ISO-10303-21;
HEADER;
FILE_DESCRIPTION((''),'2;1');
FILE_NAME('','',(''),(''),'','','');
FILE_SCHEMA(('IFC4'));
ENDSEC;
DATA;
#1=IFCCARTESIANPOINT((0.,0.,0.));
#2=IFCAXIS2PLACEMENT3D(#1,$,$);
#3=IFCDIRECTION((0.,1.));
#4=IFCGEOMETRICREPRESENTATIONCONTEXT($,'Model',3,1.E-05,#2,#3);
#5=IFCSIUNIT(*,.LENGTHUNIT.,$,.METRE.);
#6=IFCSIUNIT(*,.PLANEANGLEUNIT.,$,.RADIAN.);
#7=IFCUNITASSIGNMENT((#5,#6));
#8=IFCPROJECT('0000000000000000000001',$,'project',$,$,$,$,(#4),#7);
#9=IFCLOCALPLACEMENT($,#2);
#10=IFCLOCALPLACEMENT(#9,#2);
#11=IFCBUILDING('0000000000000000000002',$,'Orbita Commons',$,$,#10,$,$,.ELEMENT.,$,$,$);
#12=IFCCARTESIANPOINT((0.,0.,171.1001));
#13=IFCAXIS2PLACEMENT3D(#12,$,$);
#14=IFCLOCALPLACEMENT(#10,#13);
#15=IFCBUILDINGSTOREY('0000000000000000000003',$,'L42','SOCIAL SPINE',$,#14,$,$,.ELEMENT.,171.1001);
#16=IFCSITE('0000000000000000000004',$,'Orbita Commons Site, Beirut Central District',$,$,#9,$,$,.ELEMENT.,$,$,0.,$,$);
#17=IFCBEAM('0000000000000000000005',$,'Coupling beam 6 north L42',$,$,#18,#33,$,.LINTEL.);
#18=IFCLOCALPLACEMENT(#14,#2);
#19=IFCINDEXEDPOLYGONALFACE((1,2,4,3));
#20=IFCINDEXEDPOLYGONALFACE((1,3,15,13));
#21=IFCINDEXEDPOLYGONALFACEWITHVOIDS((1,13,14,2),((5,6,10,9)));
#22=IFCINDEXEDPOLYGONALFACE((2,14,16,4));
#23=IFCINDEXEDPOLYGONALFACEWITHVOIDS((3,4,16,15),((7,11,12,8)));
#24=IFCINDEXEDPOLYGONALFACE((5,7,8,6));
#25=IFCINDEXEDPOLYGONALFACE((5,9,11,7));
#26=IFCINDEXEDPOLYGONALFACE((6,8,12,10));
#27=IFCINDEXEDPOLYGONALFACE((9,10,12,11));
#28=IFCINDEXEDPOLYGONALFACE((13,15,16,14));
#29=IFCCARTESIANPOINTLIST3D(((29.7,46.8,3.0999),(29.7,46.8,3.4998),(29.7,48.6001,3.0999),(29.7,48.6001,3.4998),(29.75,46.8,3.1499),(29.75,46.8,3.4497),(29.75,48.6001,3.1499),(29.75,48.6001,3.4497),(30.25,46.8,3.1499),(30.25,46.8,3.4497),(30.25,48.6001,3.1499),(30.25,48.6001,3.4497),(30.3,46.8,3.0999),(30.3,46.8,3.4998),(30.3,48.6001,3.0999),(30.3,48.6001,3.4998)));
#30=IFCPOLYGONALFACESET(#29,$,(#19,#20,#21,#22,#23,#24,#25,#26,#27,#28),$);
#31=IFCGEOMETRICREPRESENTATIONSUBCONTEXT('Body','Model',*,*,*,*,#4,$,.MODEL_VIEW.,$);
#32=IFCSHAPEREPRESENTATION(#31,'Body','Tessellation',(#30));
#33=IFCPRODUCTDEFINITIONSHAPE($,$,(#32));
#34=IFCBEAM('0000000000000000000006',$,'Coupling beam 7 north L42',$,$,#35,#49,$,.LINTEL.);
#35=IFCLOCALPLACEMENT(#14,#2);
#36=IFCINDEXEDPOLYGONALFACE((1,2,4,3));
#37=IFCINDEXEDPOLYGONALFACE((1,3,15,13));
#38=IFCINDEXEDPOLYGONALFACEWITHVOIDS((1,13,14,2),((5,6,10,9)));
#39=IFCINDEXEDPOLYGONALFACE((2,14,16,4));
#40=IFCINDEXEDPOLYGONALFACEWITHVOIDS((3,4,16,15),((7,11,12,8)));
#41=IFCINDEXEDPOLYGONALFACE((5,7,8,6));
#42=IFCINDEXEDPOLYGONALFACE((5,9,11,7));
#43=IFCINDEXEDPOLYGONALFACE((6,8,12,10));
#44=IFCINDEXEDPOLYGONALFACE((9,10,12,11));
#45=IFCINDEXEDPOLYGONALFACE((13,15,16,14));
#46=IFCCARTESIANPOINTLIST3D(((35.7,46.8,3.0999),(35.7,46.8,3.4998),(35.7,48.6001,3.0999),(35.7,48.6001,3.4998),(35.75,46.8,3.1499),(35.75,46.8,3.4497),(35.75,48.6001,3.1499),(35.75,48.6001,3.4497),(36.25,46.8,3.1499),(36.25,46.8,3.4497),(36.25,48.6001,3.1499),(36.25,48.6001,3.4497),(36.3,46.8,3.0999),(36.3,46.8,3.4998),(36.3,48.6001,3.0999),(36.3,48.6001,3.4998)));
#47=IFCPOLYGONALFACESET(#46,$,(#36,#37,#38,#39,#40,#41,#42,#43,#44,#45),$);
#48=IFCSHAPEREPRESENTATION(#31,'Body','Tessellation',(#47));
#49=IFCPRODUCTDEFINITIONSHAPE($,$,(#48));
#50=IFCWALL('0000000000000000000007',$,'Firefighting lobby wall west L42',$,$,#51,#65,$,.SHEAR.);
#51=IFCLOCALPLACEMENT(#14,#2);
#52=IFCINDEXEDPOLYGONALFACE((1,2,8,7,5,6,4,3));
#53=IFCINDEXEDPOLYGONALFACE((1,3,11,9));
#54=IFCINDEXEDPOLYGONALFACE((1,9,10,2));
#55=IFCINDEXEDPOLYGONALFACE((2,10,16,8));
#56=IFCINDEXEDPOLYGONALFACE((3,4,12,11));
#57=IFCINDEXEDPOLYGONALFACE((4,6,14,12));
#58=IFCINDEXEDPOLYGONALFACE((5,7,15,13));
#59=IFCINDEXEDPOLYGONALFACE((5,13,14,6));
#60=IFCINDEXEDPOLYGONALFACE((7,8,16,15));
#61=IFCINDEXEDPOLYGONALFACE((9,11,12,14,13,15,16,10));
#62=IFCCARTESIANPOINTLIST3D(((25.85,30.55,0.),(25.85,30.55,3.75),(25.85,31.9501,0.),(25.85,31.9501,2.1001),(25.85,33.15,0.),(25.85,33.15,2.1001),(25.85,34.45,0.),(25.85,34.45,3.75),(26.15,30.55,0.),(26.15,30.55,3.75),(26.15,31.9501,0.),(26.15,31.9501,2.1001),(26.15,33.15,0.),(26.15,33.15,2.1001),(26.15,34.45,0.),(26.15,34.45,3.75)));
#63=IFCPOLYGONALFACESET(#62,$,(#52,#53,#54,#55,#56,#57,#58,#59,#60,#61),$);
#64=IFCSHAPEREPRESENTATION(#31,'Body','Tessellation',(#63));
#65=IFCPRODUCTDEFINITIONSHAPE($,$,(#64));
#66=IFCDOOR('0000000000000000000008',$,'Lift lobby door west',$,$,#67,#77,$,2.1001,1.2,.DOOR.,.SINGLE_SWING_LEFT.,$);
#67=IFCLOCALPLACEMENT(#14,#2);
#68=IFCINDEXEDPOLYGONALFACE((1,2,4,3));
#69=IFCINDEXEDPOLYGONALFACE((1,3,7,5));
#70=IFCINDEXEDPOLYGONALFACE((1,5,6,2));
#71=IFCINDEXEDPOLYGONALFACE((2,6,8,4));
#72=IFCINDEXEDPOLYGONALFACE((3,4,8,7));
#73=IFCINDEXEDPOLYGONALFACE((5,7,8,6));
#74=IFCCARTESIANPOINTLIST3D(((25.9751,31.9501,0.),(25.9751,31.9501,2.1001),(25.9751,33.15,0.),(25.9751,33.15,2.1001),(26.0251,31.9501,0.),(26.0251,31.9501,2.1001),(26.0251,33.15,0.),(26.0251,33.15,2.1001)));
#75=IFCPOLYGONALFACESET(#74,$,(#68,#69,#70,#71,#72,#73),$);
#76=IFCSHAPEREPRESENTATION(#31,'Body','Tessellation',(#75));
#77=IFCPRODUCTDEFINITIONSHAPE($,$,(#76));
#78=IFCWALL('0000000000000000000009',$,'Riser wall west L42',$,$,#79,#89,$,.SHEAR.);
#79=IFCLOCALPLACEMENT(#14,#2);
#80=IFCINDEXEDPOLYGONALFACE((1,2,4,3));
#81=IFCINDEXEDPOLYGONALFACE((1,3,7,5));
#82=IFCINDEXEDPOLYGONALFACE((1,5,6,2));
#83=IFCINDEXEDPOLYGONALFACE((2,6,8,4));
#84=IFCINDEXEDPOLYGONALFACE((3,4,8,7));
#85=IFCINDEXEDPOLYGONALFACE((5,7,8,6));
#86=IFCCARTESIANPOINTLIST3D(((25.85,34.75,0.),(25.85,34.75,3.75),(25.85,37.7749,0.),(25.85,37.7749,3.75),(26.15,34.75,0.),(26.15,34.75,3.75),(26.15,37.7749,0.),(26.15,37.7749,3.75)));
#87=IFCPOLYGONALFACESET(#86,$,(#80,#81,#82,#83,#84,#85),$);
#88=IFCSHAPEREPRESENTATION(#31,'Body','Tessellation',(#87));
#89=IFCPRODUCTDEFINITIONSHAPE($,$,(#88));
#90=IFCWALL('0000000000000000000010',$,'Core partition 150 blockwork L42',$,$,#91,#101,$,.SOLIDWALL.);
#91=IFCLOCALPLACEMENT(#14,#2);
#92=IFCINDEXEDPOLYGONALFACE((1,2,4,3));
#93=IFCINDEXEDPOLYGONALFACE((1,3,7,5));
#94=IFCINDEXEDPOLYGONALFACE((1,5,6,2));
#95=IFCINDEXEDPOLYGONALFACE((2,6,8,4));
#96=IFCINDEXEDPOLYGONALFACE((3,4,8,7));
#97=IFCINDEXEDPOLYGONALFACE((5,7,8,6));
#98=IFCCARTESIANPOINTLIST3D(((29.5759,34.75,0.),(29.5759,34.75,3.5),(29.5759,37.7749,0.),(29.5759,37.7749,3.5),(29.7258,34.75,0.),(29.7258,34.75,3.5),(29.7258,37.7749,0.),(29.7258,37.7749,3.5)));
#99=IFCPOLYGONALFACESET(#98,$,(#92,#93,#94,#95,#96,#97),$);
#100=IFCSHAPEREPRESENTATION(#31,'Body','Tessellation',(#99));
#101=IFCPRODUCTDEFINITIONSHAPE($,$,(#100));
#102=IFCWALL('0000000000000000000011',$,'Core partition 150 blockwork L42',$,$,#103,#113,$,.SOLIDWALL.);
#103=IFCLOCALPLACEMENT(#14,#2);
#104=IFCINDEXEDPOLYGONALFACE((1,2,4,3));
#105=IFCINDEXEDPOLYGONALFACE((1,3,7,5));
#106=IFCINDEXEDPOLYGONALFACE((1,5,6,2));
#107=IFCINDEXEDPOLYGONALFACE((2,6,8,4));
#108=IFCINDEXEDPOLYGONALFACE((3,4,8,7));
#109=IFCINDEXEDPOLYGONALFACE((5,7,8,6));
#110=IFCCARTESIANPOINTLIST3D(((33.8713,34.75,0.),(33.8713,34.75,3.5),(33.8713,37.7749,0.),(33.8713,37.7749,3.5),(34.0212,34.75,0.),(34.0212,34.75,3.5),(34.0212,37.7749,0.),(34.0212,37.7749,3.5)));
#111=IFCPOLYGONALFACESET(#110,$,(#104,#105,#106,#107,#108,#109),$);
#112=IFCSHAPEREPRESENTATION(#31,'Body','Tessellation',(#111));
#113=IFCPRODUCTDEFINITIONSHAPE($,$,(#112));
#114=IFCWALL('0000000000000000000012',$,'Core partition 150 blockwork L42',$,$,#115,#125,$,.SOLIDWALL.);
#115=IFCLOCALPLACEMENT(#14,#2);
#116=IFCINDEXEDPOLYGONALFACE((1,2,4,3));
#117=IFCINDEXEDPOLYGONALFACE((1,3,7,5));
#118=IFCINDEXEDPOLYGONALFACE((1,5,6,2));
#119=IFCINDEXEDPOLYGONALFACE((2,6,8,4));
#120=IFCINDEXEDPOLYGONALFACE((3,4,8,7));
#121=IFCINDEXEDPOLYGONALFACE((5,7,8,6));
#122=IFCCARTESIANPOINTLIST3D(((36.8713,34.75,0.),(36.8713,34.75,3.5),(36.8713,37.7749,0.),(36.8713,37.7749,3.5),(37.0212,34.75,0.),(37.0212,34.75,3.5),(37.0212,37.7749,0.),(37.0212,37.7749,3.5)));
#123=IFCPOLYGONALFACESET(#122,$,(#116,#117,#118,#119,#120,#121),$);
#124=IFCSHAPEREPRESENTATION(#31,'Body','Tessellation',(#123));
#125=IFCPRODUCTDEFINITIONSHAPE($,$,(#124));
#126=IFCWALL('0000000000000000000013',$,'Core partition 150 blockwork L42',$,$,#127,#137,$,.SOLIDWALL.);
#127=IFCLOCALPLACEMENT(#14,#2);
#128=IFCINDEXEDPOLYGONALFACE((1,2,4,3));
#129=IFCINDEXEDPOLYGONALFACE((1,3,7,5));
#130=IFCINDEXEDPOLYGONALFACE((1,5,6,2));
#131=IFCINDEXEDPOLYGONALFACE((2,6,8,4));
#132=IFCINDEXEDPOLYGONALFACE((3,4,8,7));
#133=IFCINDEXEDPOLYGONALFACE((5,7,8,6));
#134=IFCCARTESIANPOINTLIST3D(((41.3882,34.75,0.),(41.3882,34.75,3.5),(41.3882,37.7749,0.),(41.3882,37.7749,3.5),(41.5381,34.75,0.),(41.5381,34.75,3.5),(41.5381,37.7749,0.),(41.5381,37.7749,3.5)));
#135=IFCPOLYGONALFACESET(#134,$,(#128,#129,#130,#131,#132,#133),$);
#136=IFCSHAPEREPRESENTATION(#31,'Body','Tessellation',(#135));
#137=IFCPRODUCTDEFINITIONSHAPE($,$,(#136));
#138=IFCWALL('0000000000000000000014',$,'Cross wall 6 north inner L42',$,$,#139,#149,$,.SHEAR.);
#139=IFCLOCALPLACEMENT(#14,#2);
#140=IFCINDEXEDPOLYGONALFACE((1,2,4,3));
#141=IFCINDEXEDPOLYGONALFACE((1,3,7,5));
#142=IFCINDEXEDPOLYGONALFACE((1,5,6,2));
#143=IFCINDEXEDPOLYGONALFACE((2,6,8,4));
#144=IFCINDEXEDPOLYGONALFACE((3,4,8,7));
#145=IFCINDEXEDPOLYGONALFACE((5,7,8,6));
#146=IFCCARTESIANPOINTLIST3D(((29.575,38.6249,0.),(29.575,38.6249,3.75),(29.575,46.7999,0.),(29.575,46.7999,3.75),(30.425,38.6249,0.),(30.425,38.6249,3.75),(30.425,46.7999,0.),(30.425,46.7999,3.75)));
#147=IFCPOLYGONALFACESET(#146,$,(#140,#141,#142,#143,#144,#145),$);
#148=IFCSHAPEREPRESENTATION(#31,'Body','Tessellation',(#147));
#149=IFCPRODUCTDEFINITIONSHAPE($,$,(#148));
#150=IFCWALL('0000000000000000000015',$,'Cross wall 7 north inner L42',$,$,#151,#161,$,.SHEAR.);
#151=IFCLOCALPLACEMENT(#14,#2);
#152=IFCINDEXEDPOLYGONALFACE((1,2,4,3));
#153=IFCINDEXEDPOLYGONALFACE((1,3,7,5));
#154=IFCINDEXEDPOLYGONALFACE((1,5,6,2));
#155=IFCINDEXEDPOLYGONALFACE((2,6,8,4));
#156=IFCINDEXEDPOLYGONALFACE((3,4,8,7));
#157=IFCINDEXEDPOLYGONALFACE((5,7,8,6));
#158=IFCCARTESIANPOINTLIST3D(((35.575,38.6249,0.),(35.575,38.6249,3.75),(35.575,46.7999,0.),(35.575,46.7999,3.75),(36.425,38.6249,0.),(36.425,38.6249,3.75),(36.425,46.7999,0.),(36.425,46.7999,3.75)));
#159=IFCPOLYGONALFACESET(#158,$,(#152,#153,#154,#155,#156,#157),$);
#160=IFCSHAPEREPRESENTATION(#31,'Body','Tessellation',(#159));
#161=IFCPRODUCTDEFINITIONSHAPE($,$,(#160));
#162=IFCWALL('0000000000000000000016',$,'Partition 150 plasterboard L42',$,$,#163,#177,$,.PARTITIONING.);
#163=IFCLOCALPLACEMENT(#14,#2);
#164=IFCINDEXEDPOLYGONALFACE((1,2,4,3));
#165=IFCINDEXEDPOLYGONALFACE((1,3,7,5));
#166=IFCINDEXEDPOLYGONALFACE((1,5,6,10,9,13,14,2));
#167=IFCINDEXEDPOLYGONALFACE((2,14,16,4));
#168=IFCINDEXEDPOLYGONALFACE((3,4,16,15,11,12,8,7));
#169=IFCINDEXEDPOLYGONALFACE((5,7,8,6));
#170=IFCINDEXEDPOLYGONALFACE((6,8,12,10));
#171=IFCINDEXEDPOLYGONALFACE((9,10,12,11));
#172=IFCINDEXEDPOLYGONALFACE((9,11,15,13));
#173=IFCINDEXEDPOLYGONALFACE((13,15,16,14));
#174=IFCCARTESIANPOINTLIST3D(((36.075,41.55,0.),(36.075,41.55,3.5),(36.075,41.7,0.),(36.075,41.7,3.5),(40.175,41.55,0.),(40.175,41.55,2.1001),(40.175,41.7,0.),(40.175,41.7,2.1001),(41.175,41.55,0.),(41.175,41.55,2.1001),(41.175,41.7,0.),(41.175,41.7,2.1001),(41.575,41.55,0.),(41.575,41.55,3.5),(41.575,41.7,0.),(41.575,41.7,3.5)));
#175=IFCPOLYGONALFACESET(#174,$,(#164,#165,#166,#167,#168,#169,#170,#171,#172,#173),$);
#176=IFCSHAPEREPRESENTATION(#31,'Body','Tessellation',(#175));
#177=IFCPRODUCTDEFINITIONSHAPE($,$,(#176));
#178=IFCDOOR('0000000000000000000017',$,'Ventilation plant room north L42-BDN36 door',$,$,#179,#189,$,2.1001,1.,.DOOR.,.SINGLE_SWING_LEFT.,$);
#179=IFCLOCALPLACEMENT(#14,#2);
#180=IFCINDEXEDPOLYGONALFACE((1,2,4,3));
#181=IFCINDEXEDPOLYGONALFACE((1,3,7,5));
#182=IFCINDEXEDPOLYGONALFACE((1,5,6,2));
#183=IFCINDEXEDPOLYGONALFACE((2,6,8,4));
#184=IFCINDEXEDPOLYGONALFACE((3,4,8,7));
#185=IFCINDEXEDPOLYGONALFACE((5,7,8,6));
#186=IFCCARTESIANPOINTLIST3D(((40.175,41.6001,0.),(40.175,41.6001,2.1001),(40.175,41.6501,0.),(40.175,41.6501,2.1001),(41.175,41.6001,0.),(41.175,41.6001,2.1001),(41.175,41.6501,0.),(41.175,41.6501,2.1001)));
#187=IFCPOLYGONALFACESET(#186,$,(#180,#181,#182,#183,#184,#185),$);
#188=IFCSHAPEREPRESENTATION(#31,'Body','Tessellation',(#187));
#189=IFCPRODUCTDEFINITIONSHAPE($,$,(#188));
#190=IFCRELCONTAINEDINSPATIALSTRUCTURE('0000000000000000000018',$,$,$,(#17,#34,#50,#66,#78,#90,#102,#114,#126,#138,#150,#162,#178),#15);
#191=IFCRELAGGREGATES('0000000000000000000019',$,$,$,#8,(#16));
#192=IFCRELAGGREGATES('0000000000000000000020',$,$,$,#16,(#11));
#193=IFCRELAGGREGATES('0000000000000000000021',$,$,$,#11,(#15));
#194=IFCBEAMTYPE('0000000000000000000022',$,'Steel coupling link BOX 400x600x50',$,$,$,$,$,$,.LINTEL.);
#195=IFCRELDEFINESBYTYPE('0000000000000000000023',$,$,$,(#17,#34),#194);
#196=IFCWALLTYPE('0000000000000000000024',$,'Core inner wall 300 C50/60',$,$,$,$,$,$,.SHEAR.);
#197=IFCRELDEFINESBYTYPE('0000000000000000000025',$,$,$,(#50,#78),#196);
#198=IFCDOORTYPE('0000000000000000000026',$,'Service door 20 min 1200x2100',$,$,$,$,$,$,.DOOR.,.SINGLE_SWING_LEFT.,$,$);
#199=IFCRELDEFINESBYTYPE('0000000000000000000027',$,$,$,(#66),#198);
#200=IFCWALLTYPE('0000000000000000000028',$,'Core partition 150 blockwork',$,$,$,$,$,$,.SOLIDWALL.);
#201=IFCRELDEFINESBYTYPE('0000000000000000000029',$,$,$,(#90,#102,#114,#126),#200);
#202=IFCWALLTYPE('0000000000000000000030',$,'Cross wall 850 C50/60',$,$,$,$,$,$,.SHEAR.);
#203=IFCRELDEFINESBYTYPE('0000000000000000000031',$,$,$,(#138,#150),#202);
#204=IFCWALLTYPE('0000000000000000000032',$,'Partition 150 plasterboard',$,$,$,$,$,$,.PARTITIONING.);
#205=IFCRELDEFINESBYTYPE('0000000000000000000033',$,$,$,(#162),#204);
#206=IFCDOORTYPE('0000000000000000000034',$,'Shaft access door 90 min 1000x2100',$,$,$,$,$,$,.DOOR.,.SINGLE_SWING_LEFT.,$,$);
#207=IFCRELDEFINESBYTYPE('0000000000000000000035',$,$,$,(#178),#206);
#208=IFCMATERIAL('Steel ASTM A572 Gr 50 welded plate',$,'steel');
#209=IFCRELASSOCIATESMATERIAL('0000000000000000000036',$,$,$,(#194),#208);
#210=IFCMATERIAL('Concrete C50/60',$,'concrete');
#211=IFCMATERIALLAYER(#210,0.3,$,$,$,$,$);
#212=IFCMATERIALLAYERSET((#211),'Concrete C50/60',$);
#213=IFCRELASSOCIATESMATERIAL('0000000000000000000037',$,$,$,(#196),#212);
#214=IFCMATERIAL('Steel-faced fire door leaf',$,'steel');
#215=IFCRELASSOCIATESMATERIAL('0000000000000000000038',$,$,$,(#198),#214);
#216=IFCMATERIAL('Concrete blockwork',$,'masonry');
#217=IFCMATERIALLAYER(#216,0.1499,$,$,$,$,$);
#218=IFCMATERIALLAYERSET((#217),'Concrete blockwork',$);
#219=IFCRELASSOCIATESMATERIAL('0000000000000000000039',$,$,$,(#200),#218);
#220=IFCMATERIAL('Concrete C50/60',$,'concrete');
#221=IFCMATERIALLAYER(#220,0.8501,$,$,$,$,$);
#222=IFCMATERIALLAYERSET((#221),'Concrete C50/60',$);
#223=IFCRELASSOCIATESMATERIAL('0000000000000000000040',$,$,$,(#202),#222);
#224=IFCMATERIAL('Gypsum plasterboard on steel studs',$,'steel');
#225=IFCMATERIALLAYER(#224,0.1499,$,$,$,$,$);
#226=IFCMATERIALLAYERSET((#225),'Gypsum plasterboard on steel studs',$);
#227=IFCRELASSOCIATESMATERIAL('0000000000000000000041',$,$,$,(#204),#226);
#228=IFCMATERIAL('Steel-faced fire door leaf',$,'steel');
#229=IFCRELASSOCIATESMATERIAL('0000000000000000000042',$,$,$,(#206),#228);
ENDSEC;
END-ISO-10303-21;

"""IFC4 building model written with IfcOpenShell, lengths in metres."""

from ifc_helpers import new_model, si_unit, direction, frame, frame_2d, origin, origin_2d, place, context, subcontext, project, spatial, rectangle, hollow_rectangle, extrude, material, layer, layer_set, material_profile, profile_set, type_object, element, fill, save


model = new_model("IFC4")

# Units and contexts
model_context = context("Model", 3, precision=1e-05, world=origin(), true_north=direction((0.0, 1.0)))
body_context = subcontext(model_context, "Body", "Model", "MODEL_VIEW")
ifc_project = project(units=[si_unit("LENGTHUNIT", "METRE"), si_unit("PLANEANGLEUNIT", "RADIAN")], contexts=[model_context])

# Site, building, storey
site_placement = place(None, origin())
site = spatial("IfcSite", under=ifc_project, at=site_placement, Name="Orbita Commons Site, Beirut Central District", CompositionType="ELEMENT", RefElevation=0.0)
building_placement = place(site_placement, origin())
building = spatial("IfcBuilding", under=site, at=building_placement, Name="Orbita Commons", CompositionType="ELEMENT")
storey_placement = place(building_placement, frame((0.0, 0.0, 171.1001)))
storey = spatial("IfcBuildingStorey", under=building, at=storey_placement, Name="L42", Description="SOCIAL SPINE", CompositionType="ELEMENT", Elevation=171.1001)

# Beams
ifc_material_1 = material(Name="Steel ASTM A572 Gr 50 welded plate", Category="steel")
ifc_material_profile = material_profile(ifc_material_1, hollow_rectangle(XDim=0.6001, YDim=0.3999, WallThickness=0.05, at=origin_2d()), Name="BOX 400x600x50")
ifc_profile_set = profile_set([ifc_material_profile], Name="Steel ASTM A572 Gr 50 welded plate")
beam_type = type_object("IfcBeamType", Name="Steel coupling link BOX 400x600x50", PredefinedType="LINTEL", material=ifc_profile_set)
for number, where, z_axis, x_axis, name in (
    (1, (30.0, 46.8, 3.2998), (0.0, 1.0, 0.0), (-1.0, 0.0, 0.0), "Coupling beam 6 north L42"),
    (2, (36.0, 46.8, 3.2998), (0.0, 1.0, 0.0), (-1.0, 0.0, 0.0), "Coupling beam 7 north L42"),
):
    element("IfcBeam", number, at=place(storey_placement, frame(where, z_axis=z_axis, x_axis=x_axis)), inside=storey, type_object=beam_type, Name=name, PredefinedType="LINTEL", context=body_context, shape_type="SweptSolid", body=[
        extrude(hollow_rectangle(XDim=0.6001, YDim=0.3999, WallThickness=0.05, at=origin_2d()), origin(), (0.0, 0.0, 1.0), 1.8),
    ])

# Wall, opening, door
ifc_material_2 = material(Name="Concrete C50/60", Category="concrete")
ifc_layer_1 = layer(ifc_material_2, 0.3)
ifc_layer_set_1 = layer_set([ifc_layer_1], Name="Concrete C50/60")
wall_type_1 = type_object("IfcWallType", Name="Core inner wall 300 C50/60", PredefinedType="SHEAR", material=ifc_layer_set_1)
wall_1_placement = place(storey_placement, frame((26.0, 30.55, 0.0), z_axis=(0.0, 0.0, 1.0), x_axis=(0.0, 1.0, 0.0)))
wall_1 = element("IfcWall", 3, at=wall_1_placement, inside=storey, type_object=wall_type_1, Name="Firefighting lobby wall west L42", PredefinedType="SHEAR", context=body_context, shape_type="SweptSolid", body=[
    extrude(rectangle(XDim=3.8999, YDim=0.3, at=frame_2d((1.95, 0.0))), origin(), (0.0, 0.0, 1.0), 3.75),
])
opening_1_placement = place(wall_1_placement, frame((1.3999, 0.0, 0.0)))
opening_1 = element("IfcOpeningElement", 4, at=opening_1_placement, cuts=wall_1, PredefinedType="OPENING", context=body_context, shape_type="SweptSolid", body=[
    extrude(rectangle(XDim=1.2, YDim=2.1001, at=frame_2d((0.6001, 1.05))), frame((0.0, 0.1599, 0.0), z_axis=(0.0, -1.0, 0.0), x_axis=(1.0, 0.0, 0.0)), (0.0, 0.0, 1.0), 0.3201),
])
ifc_material_3 = material(Name="Steel-faced fire door leaf", Category="steel")
door_type_1 = type_object("IfcDoorType", Name="Service door 20 min 1200x2100", OperationType="SINGLE_SWING_LEFT", PredefinedType="DOOR", material=ifc_material_3)
door_1_placement = place(opening_1_placement, origin())
door_1 = element("IfcDoor", 5, at=door_1_placement, inside=storey, type_object=door_type_1, Name="Lift lobby door west", OperationType="SINGLE_SWING_LEFT", OverallHeight=2.1001, OverallWidth=1.2, PredefinedType="DOOR", context=body_context, shape_type="SweptSolid", body=[
    extrude(rectangle(XDim=1.2, YDim=2.1001, at=frame_2d((0.6001, 1.05))), frame((0.0, 0.0249, 0.0), z_axis=(0.0, -1.0, 0.0), x_axis=(1.0, 0.0, 0.0)), (0.0, 0.0, 1.0), 0.05),
])
fill(opening_1, door_1)

# Walls
wall_2_placement = place(storey_placement, frame((26.0, 34.75, 0.0), z_axis=(0.0, 0.0, 1.0), x_axis=(0.0, 1.0, 0.0)))
element("IfcWall", 6, at=wall_2_placement, inside=storey, type_object=wall_type_1, Name="Riser wall west L42", PredefinedType="SHEAR", context=body_context, shape_type="SweptSolid", body=[
    extrude(rectangle(XDim=3.0249, YDim=0.3, at=frame_2d((1.5125, 0.0))), origin(), (0.0, 0.0, 1.0), 3.75),
])
ifc_material_4 = material(Name="Concrete blockwork", Category="masonry")
ifc_layer_2 = layer(ifc_material_4, 0.1499)
ifc_layer_set_2 = layer_set([ifc_layer_2], Name="Concrete blockwork")
wall_type_2 = type_object("IfcWallType", Name="Core partition 150 blockwork", PredefinedType="SOLIDWALL", material=ifc_layer_set_2)
for number, where, z_axis, x_axis, name in (
    (7, (29.6509, 34.75, 0.0), (0.0, 0.0, 1.0), (0.0, 1.0, 0.0), "Core partition 150 blockwork L42"),
    (8, (33.9463, 34.75, 0.0), (0.0, 0.0, 1.0), (0.0, 1.0, 0.0), "Core partition 150 blockwork L42"),
    (9, (36.9463, 34.75, 0.0), (0.0, 0.0, 1.0), (0.0, 1.0, 0.0), "Core partition 150 blockwork L42"),
    (10, (41.4631, 34.75, 0.0), (0.0, 0.0, 1.0), (0.0, 1.0, 0.0), "Core partition 150 blockwork L42"),
):
    element("IfcWall", number, at=place(storey_placement, frame(where, z_axis=z_axis, x_axis=x_axis)), inside=storey, type_object=wall_type_2, Name=name, PredefinedType="SOLIDWALL", context=body_context, shape_type="SweptSolid", body=[
        extrude(rectangle(XDim=3.0249, YDim=0.1499, at=frame_2d((1.5125, 0.0))), origin(), (0.0, 0.0, 1.0), 3.5),
    ])
ifc_material_5 = material(Name="Concrete C50/60", Category="concrete")
ifc_layer_3 = layer(ifc_material_5, 0.8501)
ifc_layer_set_3 = layer_set([ifc_layer_3], Name="Concrete C50/60")
wall_type_3 = type_object("IfcWallType", Name="Cross wall 850 C50/60", PredefinedType="SHEAR", material=ifc_layer_set_3)
for number, where, z_axis, x_axis, name in (
    (11, (30.0, 38.625, 0.0), (0.0, 0.0, 1.0), (0.0, 1.0, 0.0), "Cross wall 6 north inner L42"),
    (12, (36.0, 38.625, 0.0), (0.0, 0.0, 1.0), (0.0, 1.0, 0.0), "Cross wall 7 north inner L42"),
):
    element("IfcWall", number, at=place(storey_placement, frame(where, z_axis=z_axis, x_axis=x_axis)), inside=storey, type_object=wall_type_3, Name=name, PredefinedType="SHEAR", context=body_context, shape_type="SweptSolid", body=[
        extrude(rectangle(XDim=8.175, YDim=0.8501, at=frame_2d((4.0874, 0.0))), origin(), (0.0, 0.0, 1.0), 3.75),
    ])

# Wall, opening, door
ifc_material_6 = material(Name="Gypsum plasterboard on steel studs", Category="steel")
ifc_layer_4 = layer(ifc_material_6, 0.1499)
ifc_layer_set_4 = layer_set([ifc_layer_4], Name="Gypsum plasterboard on steel studs")
wall_type_4 = type_object("IfcWallType", Name="Partition 150 plasterboard", PredefinedType="PARTITIONING", material=ifc_layer_set_4)
wall_3_placement = place(storey_placement, frame((41.575, 41.625, 0.0), z_axis=(0.0, 0.0, 1.0), x_axis=(-1.0, 0.0, 0.0)))
wall_3 = element("IfcWall", 13, at=wall_3_placement, inside=storey, type_object=wall_type_4, Name="Partition 150 plasterboard L42", PredefinedType="PARTITIONING", context=body_context, shape_type="SweptSolid", body=[
    extrude(rectangle(XDim=5.5, YDim=0.1499, at=frame_2d((2.75, 0.0))), origin(), (0.0, 0.0, 1.0), 3.5),
])
opening_2_placement = place(wall_3_placement, frame((0.3999, 0.0, 0.0)))
opening_2 = element("IfcOpeningElement", 14, at=opening_2_placement, cuts=wall_3, PredefinedType="OPENING", context=body_context, shape_type="SweptSolid", body=[
    extrude(rectangle(XDim=1.0, YDim=2.1001, at=frame_2d((0.5, 1.05))), frame((0.0, 0.085, 0.0), z_axis=(0.0, -1.0, 0.0), x_axis=(1.0, 0.0, 0.0)), (0.0, 0.0, 1.0), 0.1699),
])
ifc_material_7 = material(Name="Steel-faced fire door leaf", Category="steel")
door_type_2 = type_object("IfcDoorType", Name="Shaft access door 90 min 1000x2100", OperationType="SINGLE_SWING_LEFT", PredefinedType="DOOR", material=ifc_material_7)
door_2_placement = place(opening_2_placement, origin())
door_2 = element("IfcDoor", 15, at=door_2_placement, inside=storey, type_object=door_type_2, Name="Ventilation plant room north L42-BDN36 door", OperationType="SINGLE_SWING_LEFT", OverallHeight=2.1001, OverallWidth=1.0, PredefinedType="DOOR", context=body_context, shape_type="SweptSolid", body=[
    extrude(rectangle(XDim=1.0, YDim=2.1001, at=frame_2d((0.5, 1.05))), frame((0.0, 0.0249, 0.0), z_axis=(0.0, -1.0, 0.0), x_axis=(1.0, 0.0, 0.0)), (0.0, 0.0, 1.0), 0.05),
])
fill(opening_2, door_2)

save(model, "model.ifc")
